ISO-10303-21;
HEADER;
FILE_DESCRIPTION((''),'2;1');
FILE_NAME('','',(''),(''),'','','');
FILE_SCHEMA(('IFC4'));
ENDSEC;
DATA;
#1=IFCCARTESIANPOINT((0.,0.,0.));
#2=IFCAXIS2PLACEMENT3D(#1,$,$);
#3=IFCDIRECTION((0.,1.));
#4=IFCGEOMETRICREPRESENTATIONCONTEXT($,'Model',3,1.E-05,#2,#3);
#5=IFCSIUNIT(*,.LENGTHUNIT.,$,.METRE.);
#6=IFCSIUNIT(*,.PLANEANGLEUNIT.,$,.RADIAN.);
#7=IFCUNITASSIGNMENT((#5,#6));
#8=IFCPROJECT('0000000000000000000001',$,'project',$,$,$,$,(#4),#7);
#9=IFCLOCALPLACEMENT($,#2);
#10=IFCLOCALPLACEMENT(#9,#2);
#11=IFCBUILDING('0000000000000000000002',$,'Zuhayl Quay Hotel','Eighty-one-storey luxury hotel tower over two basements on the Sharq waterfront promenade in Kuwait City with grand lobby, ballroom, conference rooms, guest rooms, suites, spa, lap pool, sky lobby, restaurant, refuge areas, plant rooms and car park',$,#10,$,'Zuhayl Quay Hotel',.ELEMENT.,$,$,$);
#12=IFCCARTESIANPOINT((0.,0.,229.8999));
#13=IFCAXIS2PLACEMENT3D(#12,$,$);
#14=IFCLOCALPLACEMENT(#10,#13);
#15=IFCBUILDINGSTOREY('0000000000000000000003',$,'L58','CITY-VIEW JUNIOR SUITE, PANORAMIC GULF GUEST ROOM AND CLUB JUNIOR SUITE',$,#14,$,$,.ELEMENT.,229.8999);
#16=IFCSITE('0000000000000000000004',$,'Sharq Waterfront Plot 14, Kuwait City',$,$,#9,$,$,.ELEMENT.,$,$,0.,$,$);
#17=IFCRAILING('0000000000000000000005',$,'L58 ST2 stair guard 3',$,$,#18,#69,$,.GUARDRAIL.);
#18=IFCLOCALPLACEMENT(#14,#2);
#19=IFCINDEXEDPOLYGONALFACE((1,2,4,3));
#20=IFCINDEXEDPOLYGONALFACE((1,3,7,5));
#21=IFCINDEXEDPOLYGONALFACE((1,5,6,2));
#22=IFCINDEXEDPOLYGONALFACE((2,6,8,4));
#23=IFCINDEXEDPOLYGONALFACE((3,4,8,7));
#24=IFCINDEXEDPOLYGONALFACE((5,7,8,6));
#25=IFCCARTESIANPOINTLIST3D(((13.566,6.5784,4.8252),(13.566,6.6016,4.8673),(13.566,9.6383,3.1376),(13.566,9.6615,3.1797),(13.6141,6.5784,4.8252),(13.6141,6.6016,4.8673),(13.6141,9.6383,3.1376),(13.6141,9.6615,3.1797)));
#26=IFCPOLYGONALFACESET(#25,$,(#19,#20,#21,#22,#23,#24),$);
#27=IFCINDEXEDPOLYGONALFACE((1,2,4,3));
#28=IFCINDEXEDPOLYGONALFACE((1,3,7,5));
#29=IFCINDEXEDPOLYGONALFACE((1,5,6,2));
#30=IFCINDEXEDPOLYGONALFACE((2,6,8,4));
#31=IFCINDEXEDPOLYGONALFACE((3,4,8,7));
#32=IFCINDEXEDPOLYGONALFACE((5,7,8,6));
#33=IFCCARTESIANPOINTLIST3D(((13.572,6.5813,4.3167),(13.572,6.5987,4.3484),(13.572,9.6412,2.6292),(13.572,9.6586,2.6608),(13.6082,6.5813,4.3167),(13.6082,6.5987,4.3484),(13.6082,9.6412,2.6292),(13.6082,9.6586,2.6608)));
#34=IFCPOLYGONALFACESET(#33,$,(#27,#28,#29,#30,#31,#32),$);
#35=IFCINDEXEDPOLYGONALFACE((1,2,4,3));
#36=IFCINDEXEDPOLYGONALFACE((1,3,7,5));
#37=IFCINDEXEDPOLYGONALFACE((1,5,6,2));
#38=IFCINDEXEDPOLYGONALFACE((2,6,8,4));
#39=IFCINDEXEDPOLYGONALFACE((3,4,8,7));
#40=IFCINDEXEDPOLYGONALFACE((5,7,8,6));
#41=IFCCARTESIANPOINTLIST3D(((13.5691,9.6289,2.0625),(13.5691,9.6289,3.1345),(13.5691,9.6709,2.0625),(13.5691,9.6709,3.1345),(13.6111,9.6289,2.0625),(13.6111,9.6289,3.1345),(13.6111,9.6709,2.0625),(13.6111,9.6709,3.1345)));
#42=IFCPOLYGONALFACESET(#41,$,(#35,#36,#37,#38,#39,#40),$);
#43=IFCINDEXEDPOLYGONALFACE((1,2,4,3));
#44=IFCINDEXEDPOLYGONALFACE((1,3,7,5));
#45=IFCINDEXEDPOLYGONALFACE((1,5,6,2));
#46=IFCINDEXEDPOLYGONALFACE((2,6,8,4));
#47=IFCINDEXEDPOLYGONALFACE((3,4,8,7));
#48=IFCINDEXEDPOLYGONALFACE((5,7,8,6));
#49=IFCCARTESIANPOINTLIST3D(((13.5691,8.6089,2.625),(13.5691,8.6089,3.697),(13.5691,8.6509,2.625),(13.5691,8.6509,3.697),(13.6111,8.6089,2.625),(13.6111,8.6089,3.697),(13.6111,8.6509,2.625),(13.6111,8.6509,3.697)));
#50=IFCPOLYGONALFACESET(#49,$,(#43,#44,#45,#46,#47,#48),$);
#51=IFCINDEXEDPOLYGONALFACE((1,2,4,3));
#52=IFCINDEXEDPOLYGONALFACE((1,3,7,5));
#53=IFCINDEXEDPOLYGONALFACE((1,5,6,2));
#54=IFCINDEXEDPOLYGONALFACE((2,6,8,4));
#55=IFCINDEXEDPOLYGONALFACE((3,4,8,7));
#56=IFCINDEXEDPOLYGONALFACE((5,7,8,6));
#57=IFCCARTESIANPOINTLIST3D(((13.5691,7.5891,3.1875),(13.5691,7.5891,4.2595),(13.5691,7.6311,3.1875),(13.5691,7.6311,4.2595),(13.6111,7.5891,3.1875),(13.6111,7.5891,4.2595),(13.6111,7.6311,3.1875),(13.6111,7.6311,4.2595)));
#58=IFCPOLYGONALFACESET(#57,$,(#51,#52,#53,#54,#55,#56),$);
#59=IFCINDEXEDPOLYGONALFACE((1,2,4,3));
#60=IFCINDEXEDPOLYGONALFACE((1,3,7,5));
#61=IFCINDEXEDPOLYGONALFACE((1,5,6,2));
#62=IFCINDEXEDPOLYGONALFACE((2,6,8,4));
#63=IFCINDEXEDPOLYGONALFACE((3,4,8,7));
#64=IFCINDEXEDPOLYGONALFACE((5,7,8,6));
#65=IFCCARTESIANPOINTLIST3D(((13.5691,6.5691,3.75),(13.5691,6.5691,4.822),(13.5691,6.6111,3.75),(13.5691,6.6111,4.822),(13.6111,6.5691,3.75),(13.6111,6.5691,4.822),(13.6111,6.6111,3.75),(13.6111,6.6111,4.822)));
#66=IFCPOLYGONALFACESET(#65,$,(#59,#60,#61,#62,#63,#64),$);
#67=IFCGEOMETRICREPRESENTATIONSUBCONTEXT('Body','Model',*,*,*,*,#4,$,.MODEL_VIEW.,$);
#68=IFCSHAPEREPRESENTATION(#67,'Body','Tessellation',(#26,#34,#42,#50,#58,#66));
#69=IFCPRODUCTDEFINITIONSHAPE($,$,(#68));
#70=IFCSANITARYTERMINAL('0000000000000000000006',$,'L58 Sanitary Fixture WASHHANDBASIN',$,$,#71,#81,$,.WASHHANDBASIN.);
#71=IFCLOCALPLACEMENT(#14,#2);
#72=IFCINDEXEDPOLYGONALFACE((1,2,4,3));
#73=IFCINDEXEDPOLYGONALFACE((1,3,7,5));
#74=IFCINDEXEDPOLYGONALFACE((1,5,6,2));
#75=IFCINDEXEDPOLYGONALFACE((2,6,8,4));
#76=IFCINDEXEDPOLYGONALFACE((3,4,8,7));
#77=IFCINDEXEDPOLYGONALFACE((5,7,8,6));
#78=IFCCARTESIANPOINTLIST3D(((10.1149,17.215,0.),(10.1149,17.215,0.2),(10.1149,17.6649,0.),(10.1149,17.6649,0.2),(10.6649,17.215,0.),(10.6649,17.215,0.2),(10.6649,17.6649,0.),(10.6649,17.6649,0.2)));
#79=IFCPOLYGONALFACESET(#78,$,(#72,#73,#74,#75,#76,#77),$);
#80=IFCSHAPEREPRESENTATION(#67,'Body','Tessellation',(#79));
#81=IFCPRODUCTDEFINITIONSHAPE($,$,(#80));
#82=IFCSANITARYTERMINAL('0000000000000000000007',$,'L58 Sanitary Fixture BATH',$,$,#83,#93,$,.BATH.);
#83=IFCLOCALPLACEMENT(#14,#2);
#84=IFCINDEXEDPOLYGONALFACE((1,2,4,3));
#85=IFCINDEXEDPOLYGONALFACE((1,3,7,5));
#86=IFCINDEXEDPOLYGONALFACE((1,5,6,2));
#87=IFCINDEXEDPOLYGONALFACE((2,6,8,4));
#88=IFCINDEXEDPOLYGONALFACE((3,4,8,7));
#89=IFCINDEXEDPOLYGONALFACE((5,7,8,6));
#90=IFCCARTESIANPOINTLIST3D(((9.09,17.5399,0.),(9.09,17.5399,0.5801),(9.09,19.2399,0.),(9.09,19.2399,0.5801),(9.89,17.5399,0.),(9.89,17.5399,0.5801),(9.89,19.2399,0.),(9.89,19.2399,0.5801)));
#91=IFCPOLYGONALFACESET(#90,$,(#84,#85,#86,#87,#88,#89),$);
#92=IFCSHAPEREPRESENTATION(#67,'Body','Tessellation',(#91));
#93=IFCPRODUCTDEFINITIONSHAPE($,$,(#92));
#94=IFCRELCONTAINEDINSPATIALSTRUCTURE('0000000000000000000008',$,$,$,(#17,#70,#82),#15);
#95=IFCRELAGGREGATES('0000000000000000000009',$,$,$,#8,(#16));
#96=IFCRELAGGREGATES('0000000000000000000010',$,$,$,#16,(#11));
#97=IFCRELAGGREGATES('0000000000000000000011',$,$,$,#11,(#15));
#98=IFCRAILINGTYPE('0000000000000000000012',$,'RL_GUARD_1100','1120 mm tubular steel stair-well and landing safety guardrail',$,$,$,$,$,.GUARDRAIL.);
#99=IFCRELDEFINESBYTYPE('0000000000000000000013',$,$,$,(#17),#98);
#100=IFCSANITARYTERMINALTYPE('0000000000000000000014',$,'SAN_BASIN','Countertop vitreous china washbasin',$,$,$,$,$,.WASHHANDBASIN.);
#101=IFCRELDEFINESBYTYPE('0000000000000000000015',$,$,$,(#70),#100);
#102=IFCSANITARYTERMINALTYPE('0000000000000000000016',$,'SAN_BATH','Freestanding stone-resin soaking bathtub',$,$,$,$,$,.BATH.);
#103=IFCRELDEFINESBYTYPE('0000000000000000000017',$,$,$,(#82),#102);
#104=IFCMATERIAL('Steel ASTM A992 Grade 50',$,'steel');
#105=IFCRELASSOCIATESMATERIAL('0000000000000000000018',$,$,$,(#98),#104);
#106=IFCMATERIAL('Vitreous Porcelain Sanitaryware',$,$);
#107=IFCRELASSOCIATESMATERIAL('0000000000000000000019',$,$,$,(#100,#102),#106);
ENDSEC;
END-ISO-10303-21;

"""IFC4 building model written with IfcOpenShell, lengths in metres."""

from ifc_helpers import new_model, si_unit, direction, frame, origin, origin_2d, place, context, subcontext, project, spatial, rectangle, extrude, material, type_object, element, save


model = new_model("IFC4")

# Units and contexts
model_context = context("Model", 3, precision=1e-05, world=origin(), true_north=direction((0.0, 1.0)))
body_context = subcontext(model_context, "Body", "Model", "MODEL_VIEW")
ifc_project = project(units=[si_unit("LENGTHUNIT", "METRE"), si_unit("PLANEANGLEUNIT", "RADIAN")], contexts=[model_context])

# Site, building, storey
site_placement = place(None, origin())
site = spatial("IfcSite", under=ifc_project, at=site_placement, Name="Sharq Waterfront Plot 14, Kuwait City", CompositionType="ELEMENT", RefElevation=0.0)
building_placement = place(site_placement, origin())
building = spatial("IfcBuilding", under=site, at=building_placement, Name="Zuhayl Quay Hotel", Description="Eighty-one-storey luxury hotel tower over two basements on the Sharq waterfront promenade in Kuwait City with grand lobby, ballroom, conference rooms, guest rooms, suites, spa, lap pool, sky lobby, restaurant, refuge areas, plant rooms and car park", LongName="Zuhayl Quay Hotel", CompositionType="ELEMENT")
storey_placement = place(building_placement, frame((0.0, 0.0, 229.8999)))
storey = spatial("IfcBuildingStorey", under=building, at=storey_placement, Name="L58", Description="CITY-VIEW JUNIOR SUITE, PANORAMIC GULF GUEST ROOM AND CLUB JUNIOR SUITE", CompositionType="ELEMENT", Elevation=229.8999)

# Shared definitions
ifc_material_1 = material(Name="Steel ASTM A992 Grade 50", Category="steel")

# Railing
railing_type = type_object("IfcRailingType", Name="RL_GUARD_1100", Description="1120 mm tubular steel stair-well and landing safety guardrail", PredefinedType="GUARDRAIL", material=ifc_material_1)
railing_1_placement = place(storey_placement, frame((13.5901, 9.6499, 2.0625)))
element("IfcRailing", 1, at=railing_1_placement, inside=storey, type_object=railing_type, Name="L58 ST2 stair guard 3", PredefinedType="GUARDRAIL", context=body_context, shape_type="SweptSolid", body=[
    extrude(rectangle(XDim=0.0481, YDim=0.0481, at=origin_2d()), frame((0.0, 0.0, 1.0962), z_axis=(0.0, -0.875659, 0.48293), x_axis=(1.0, 0.0, 0.0)), (0.0, 0.0, 1.0), 3.4944),
    extrude(rectangle(XDim=0.0361, YDim=0.0361, at=origin_2d()), frame((0.0, 0.0, 0.5825), z_axis=(0.0, -0.875659, 0.48293), x_axis=(1.0, 0.0, 0.0)), (0.0, 0.0, 1.0), 3.4944),
    extrude(rectangle(XDim=0.042, YDim=0.042, at=origin_2d()), origin(), (0.0, 0.0, 1.0), 1.072),
    extrude(rectangle(XDim=0.042, YDim=0.042, at=origin_2d()), frame((0.0, -1.02, 0.5625)), (0.0, 0.0, 1.0), 1.072),
    extrude(rectangle(XDim=0.042, YDim=0.042, at=origin_2d()), frame((0.0, -2.0398, 1.125)), (0.0, 0.0, 1.0), 1.072),
    extrude(rectangle(XDim=0.042, YDim=0.042, at=origin_2d()), frame((0.0, -3.0598, 1.6875)), (0.0, 0.0, 1.0), 1.072),
])

# Sanitary terminals
ifc_material_2 = material(Name="Vitreous Porcelain Sanitaryware")
sanitary_terminal_type_1 = type_object("IfcSanitaryTerminalType", Name="SAN_BASIN", Description="Countertop vitreous china washbasin", PredefinedType="WASHHANDBASIN", material=ifc_material_2)
sanitary_terminal_1_placement = place(storey_placement, frame((10.3899, 17.4399, 0.0), z_axis=(0.0, 0.0, 1.0), x_axis=(1.0, 0.0, 0.0)))
element("IfcSanitaryTerminal", 2, at=sanitary_terminal_1_placement, inside=storey, type_object=sanitary_terminal_type_1, Name="L58 Sanitary Fixture WASHHANDBASIN", PredefinedType="WASHHANDBASIN", context=body_context, shape_type="SweptSolid", body=[
    extrude(rectangle(XDim=0.55, YDim=0.45, at=origin_2d()), origin(), (0.0, 0.0, 1.0), 0.2),
])
sanitary_terminal_type_2 = type_object("IfcSanitaryTerminalType", Name="SAN_BATH", Description="Freestanding stone-resin soaking bathtub", PredefinedType="BATH", material=ifc_material_2)
sanitary_terminal_2_placement = place(storey_placement, frame((9.49, 18.3899, 0.0), z_axis=(0.0, 0.0, 1.0), x_axis=(1.0, 0.0, 0.0)))
element("IfcSanitaryTerminal", 3, at=sanitary_terminal_2_placement, inside=storey, type_object=sanitary_terminal_type_2, Name="L58 Sanitary Fixture BATH", PredefinedType="BATH", context=body_context, shape_type="SweptSolid", body=[
    extrude(rectangle(XDim=0.8, YDim=1.7, at=origin_2d()), origin(), (0.0, 0.0, 1.0), 0.5801),
])

save(model, "model.ifc")
